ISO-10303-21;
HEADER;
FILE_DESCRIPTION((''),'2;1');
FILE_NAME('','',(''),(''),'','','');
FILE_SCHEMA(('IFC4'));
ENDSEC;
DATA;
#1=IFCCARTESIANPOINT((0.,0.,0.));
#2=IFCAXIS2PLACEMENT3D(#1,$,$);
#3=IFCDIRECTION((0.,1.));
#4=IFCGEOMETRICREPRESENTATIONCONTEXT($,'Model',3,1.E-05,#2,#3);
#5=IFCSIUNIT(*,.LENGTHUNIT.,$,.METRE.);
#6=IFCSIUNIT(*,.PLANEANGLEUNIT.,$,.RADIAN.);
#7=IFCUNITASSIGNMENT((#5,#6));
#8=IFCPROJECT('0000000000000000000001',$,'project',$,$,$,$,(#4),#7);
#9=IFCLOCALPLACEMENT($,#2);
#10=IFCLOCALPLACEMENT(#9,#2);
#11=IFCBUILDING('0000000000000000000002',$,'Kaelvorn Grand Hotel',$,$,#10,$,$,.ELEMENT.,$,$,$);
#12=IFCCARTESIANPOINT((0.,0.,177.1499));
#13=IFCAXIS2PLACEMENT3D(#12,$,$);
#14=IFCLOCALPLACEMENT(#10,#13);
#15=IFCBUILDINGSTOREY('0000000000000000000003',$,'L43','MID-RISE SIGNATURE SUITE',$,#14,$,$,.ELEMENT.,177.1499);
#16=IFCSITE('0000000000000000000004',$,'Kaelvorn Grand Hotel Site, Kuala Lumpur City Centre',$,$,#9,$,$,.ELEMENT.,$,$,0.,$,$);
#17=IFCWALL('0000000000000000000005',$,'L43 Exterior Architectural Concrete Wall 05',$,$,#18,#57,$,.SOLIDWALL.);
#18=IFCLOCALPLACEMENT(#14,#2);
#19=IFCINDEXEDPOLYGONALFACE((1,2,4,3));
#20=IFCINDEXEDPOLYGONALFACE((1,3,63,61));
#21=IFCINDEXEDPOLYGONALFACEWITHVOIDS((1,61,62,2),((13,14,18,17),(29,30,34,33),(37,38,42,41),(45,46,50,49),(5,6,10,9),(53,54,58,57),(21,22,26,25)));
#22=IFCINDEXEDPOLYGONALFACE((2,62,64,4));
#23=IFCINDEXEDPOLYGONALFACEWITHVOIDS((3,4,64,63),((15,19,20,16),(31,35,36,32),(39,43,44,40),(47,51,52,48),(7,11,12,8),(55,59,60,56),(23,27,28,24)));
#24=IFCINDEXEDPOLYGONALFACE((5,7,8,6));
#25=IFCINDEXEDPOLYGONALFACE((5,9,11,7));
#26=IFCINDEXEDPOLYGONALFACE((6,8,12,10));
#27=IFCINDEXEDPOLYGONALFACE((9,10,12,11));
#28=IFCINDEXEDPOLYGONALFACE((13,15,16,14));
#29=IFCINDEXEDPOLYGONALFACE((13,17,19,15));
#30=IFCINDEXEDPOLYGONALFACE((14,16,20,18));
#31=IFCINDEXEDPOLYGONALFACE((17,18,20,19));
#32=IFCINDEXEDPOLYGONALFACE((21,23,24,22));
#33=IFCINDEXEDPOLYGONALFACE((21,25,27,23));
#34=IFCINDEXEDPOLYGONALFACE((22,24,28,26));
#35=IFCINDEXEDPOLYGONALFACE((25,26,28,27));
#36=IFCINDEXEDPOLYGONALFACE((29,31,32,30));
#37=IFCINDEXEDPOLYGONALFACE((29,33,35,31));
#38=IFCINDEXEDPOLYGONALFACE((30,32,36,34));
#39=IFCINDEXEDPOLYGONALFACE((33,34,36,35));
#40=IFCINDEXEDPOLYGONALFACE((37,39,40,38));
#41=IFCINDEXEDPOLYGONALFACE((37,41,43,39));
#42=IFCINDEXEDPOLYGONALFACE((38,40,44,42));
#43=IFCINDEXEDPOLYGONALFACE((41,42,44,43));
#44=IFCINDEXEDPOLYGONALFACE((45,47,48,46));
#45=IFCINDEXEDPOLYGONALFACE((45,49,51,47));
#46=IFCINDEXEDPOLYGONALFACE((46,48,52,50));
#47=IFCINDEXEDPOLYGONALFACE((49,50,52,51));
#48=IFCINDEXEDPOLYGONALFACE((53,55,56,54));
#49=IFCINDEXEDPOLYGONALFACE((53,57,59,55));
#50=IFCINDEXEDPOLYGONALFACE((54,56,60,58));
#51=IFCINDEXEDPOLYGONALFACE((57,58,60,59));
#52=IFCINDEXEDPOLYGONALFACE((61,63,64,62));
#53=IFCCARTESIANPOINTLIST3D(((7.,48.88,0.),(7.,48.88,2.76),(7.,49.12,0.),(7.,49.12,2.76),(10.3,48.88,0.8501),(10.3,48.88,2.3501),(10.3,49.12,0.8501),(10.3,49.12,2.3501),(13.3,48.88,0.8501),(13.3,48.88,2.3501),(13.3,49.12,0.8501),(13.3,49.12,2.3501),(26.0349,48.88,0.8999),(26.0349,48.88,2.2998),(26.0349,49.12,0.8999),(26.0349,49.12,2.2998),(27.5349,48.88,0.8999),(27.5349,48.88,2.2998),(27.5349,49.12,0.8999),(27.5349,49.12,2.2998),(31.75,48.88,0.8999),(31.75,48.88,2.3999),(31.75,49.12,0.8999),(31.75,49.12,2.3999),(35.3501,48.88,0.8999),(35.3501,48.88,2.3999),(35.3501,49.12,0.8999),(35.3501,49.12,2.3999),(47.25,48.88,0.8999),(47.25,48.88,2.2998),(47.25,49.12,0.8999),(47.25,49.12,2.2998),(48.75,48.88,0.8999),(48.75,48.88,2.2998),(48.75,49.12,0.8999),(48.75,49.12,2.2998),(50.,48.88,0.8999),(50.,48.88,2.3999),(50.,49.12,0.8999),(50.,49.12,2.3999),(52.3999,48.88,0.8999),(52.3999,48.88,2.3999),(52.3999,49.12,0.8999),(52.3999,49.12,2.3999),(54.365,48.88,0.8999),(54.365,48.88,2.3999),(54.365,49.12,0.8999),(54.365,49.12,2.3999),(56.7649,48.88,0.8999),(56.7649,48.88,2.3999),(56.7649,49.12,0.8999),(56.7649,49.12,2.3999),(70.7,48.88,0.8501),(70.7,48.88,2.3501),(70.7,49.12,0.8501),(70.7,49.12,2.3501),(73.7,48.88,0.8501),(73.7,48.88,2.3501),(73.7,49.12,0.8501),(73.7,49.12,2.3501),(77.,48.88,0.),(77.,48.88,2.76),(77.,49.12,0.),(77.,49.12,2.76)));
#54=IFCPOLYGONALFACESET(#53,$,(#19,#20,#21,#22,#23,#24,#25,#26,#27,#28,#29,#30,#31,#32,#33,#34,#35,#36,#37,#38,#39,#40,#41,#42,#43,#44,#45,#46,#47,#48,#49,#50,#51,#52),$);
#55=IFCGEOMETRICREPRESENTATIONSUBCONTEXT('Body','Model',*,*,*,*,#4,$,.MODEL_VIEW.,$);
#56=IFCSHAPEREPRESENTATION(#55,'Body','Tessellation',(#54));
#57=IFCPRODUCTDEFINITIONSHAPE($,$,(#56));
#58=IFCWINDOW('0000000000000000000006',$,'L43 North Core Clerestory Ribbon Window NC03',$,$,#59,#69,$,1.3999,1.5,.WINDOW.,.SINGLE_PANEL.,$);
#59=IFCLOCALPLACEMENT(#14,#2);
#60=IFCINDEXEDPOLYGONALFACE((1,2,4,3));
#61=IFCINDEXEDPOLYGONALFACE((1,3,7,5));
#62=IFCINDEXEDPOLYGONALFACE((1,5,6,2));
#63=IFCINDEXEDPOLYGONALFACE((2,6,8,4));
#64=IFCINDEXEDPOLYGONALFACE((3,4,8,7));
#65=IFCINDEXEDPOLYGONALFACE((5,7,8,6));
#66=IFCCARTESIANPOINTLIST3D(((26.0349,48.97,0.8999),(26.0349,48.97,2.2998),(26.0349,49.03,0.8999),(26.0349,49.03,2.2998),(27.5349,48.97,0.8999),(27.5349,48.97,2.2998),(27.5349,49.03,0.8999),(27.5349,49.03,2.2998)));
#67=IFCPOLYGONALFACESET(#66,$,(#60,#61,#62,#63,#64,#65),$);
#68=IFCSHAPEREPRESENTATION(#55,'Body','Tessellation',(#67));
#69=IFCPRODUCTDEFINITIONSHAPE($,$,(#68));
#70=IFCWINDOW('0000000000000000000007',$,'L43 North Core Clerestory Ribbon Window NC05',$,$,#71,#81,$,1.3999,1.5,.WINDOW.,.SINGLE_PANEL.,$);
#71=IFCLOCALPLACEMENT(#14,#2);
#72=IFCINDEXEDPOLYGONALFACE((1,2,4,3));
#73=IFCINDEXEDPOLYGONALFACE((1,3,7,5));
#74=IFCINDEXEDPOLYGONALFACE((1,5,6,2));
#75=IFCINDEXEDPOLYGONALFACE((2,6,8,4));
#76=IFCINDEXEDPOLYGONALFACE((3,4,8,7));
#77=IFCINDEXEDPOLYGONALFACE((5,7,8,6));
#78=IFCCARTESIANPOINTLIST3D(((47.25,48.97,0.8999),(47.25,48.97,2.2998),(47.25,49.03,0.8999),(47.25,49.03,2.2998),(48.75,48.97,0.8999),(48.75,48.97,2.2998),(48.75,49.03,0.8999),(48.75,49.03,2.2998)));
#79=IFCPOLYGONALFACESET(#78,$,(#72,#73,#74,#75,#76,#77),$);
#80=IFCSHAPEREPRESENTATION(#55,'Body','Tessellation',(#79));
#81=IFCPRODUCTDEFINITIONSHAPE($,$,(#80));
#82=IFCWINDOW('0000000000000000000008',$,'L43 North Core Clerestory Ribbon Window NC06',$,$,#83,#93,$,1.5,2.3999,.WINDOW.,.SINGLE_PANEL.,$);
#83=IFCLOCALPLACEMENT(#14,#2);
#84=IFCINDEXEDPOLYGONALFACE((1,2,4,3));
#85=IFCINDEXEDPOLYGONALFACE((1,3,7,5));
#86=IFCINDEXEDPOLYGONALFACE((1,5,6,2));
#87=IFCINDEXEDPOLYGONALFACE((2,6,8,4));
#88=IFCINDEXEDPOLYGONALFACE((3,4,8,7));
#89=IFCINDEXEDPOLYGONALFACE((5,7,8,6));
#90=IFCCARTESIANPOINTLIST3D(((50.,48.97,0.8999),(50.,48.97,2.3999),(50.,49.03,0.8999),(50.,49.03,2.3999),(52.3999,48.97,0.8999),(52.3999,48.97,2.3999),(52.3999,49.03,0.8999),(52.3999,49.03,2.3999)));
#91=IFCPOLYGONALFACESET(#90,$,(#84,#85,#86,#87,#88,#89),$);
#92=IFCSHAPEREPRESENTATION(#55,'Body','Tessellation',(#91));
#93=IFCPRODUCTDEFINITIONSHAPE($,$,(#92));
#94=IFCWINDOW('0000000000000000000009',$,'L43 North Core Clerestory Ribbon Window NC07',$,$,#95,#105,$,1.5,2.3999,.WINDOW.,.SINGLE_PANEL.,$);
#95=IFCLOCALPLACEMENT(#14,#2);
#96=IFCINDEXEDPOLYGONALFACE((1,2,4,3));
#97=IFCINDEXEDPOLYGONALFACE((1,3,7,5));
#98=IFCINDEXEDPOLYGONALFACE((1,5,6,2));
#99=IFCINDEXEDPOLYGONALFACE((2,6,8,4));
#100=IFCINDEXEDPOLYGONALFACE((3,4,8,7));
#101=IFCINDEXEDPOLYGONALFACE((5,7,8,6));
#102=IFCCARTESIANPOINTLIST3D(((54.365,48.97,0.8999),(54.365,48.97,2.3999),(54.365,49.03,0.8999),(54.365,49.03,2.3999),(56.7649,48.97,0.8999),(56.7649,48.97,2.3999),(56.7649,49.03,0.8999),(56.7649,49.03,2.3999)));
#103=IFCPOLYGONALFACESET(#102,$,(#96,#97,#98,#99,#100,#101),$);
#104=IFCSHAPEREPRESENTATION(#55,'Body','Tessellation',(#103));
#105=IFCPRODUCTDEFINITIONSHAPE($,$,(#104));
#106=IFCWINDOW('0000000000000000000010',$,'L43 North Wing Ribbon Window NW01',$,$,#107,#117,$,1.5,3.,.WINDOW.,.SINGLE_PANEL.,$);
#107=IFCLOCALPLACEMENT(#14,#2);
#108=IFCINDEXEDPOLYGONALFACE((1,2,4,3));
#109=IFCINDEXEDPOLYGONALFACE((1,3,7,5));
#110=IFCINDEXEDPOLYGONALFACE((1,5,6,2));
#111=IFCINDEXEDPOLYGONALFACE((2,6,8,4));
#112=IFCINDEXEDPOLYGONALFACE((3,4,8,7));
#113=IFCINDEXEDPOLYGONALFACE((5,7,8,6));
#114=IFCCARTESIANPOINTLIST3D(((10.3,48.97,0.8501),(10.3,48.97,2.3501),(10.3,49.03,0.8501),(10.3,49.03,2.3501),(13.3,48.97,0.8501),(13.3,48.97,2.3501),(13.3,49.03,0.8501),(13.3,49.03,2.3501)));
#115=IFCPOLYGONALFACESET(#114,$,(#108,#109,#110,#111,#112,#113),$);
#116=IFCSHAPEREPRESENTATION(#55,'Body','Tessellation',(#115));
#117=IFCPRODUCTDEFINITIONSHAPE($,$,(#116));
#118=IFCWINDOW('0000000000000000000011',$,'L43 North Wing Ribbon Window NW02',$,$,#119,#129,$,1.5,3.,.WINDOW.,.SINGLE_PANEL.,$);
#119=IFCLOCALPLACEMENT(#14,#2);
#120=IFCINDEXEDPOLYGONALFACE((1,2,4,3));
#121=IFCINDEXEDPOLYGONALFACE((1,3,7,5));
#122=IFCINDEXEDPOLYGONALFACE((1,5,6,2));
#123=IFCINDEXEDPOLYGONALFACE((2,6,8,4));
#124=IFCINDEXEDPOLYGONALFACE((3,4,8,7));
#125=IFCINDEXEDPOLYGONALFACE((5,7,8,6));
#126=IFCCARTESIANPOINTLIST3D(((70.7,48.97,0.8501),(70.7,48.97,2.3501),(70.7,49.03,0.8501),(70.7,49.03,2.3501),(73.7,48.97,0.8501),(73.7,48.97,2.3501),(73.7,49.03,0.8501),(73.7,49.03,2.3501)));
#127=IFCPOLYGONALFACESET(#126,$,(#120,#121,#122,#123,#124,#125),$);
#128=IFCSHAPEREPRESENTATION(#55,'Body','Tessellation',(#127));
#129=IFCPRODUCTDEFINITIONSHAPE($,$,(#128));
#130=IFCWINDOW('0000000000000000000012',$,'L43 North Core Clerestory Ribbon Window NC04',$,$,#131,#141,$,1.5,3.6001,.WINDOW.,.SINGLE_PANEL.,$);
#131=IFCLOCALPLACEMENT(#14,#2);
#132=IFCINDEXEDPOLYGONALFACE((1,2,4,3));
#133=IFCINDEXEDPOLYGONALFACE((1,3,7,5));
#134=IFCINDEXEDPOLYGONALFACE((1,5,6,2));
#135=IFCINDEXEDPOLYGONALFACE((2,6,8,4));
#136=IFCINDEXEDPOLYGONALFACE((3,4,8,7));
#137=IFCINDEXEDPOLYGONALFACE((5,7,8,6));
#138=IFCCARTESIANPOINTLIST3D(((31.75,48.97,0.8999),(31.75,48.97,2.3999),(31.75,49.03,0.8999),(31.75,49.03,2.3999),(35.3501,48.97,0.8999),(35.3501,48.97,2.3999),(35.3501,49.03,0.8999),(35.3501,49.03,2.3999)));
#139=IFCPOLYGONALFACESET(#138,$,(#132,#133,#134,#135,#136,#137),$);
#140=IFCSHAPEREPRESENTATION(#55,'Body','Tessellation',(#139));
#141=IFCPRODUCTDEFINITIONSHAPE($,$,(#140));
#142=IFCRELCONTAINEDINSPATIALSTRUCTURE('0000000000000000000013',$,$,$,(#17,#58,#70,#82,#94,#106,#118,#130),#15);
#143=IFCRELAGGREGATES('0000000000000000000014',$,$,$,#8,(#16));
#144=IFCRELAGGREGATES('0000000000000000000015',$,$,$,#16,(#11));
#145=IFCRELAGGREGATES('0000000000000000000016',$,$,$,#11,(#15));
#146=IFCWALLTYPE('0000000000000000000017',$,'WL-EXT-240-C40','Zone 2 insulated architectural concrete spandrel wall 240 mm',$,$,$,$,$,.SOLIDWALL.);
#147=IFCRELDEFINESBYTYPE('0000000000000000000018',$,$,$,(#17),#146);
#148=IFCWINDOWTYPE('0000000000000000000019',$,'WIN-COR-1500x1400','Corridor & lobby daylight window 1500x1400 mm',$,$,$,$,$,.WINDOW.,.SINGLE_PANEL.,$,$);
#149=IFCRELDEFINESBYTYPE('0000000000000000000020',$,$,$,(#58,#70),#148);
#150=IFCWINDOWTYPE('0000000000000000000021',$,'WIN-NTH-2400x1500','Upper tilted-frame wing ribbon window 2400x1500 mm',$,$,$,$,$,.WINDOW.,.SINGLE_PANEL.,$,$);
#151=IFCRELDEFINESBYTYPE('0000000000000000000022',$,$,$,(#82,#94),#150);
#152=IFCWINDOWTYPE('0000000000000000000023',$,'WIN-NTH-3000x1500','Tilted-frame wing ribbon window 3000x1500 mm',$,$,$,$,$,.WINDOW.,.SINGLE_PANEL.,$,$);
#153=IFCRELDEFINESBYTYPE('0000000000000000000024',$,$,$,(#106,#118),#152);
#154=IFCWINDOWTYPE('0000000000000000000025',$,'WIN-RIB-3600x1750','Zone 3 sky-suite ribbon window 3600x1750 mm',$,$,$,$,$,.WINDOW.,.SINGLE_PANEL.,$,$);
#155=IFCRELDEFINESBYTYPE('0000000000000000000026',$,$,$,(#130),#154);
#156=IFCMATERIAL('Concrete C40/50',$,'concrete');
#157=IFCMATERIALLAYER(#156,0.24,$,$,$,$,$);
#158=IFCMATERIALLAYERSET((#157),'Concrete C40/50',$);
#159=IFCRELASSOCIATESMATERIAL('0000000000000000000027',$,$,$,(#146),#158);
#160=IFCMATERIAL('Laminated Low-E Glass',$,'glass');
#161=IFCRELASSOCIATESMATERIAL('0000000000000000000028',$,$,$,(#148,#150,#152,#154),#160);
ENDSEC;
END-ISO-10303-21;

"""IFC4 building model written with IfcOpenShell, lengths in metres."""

from ifc_helpers import new_model, si_unit, direction, frame, frame_2d, origin, place, context, subcontext, project, spatial, rectangle, extrude, material, layer, layer_set, type_object, element, fill, save


model = new_model("IFC4")

# Units and contexts
model_context = context("Model", 3, precision=1e-05, world=origin(), true_north=direction((0.0, 1.0)))
body_context = subcontext(model_context, "Body", "Model", "MODEL_VIEW")
ifc_project = project(units=[si_unit("LENGTHUNIT", "METRE"), si_unit("PLANEANGLEUNIT", "RADIAN")], contexts=[model_context])

# Site, building, storey
site_placement = place(None, origin())
site = spatial("IfcSite", under=ifc_project, at=site_placement, Name="Kaelvorn Grand Hotel Site, Kuala Lumpur City Centre", CompositionType="ELEMENT", RefElevation=0.0)
building_placement = place(site_placement, origin())
building = spatial("IfcBuilding", under=site, at=building_placement, Name="Kaelvorn Grand Hotel", CompositionType="ELEMENT")
storey_placement = place(building_placement, frame((0.0, 0.0, 177.1499)))
storey = spatial("IfcBuildingStorey", under=building, at=storey_placement, Name="L43", Description="MID-RISE SIGNATURE SUITE", CompositionType="ELEMENT", Elevation=177.1499)

# Shared definitions
ifc_material_1 = material(Name="Concrete C40/50", Category="concrete")
ifc_layer_1 = layer(ifc_material_1, 0.24)
ifc_layer_set_1 = layer_set([ifc_layer_1], Name="Concrete C40/50")
wall_type = type_object("IfcWallType", Name="WL-EXT-240-C40", Description="Zone 2 insulated architectural concrete spandrel wall 240 mm", PredefinedType="SOLIDWALL", material=ifc_layer_set_1)
ifc_material_2 = material(Name="Laminated Low-E Glass", Category="glass")

# Wall, openings, windows
wall_1_placement = place(storey_placement, frame((77.0, 49.0, 0.0), z_axis=(0.0, 0.0, 1.0), x_axis=(-1.0, 0.0, 0.0)))
wall_1 = element("IfcWall", 1, at=wall_1_placement, inside=storey, type_object=wall_type, Name="L43 Exterior Architectural Concrete Wall 05", PredefinedType="SOLIDWALL", context=body_context, shape_type="SweptSolid", body=[
    extrude(rectangle(XDim=70.0, YDim=0.24, at=frame_2d((35.0, 0.0))), origin(), (0.0, 0.0, 1.0), 2.76),
])
opening_1_placement = place(wall_1_placement, frame((63.7, 0.0, 0.8501)))
opening_1 = element("IfcOpeningElement", 2, at=opening_1_placement, cuts=wall_1, PredefinedType="OPENING", context=body_context, shape_type="SweptSolid", body=[
    extrude(rectangle(XDim=3.0, YDim=1.5, at=frame_2d((1.5, 0.75))), frame((0.0, 0.1299, 0.0), z_axis=(0.0, -1.0, 0.0), x_axis=(1.0, 0.0, 0.0)), (0.0, 0.0, 1.0), 0.26),
])
opening_2_placement = place(wall_1_placement, frame((3.3, 0.0, 0.8501)))
opening_2 = element("IfcOpeningElement", 3, at=opening_2_placement, cuts=wall_1, PredefinedType="OPENING", context=body_context, shape_type="SweptSolid", body=[
    extrude(rectangle(XDim=3.0, YDim=1.5, at=frame_2d((1.5, 0.75))), frame((0.0, 0.1299, 0.0), z_axis=(0.0, -1.0, 0.0), x_axis=(1.0, 0.0, 0.0)), (0.0, 0.0, 1.0), 0.26),
])
opening_3_placement = place(wall_1_placement, frame((49.4651, 0.0, 0.8999)))
opening_3 = element("IfcOpeningElement", 4, at=opening_3_placement, cuts=wall_1, PredefinedType="OPENING", context=body_context, shape_type="SweptSolid", body=[
    extrude(rectangle(XDim=1.5, YDim=1.3999, at=frame_2d((0.75, 0.7))), frame((0.0, 0.1299, 0.0), z_axis=(0.0, -1.0, 0.0), x_axis=(1.0, 0.0, 0.0)), (0.0, 0.0, 1.0), 0.26),
])
opening_4_placement = place(wall_1_placement, frame((41.6499, 0.0, 0.8999)))
opening_4 = element("IfcOpeningElement", 5, at=opening_4_placement, cuts=wall_1, PredefinedType="OPENING", context=body_context, shape_type="SweptSolid", body=[
    extrude(rectangle(XDim=3.6001, YDim=1.5, at=frame_2d((1.8, 0.75))), frame((0.0, 0.1299, 0.0), z_axis=(0.0, -1.0, 0.0), x_axis=(1.0, 0.0, 0.0)), (0.0, 0.0, 1.0), 0.26),
])
opening_5_placement = place(wall_1_placement, frame((28.25, 0.0, 0.8999)))
opening_5 = element("IfcOpeningElement", 6, at=opening_5_placement, cuts=wall_1, PredefinedType="OPENING", context=body_context, shape_type="SweptSolid", body=[
    extrude(rectangle(XDim=1.5, YDim=1.3999, at=frame_2d((0.75, 0.7))), frame((0.0, 0.1299, 0.0), z_axis=(0.0, -1.0, 0.0), x_axis=(1.0, 0.0, 0.0)), (0.0, 0.0, 1.0), 0.26),
])
opening_6_placement = place(wall_1_placement, frame((24.6001, 0.0, 0.8999)))
opening_6 = element("IfcOpeningElement", 7, at=opening_6_placement, cuts=wall_1, PredefinedType="OPENING", context=body_context, shape_type="SweptSolid", body=[
    extrude(rectangle(XDim=2.3999, YDim=1.5, at=frame_2d((1.2, 0.75))), frame((0.0, 0.1299, 0.0), z_axis=(0.0, -1.0, 0.0), x_axis=(1.0, 0.0, 0.0)), (0.0, 0.0, 1.0), 0.26),
])
opening_7_placement = place(wall_1_placement, frame((20.2351, 0.0, 0.8999)))
opening_7 = element("IfcOpeningElement", 8, at=opening_7_placement, cuts=wall_1, PredefinedType="OPENING", context=body_context, shape_type="SweptSolid", body=[
    extrude(rectangle(XDim=2.3999, YDim=1.5, at=frame_2d((1.2, 0.75))), frame((0.0, 0.1299, 0.0), z_axis=(0.0, -1.0, 0.0), x_axis=(1.0, 0.0, 0.0)), (0.0, 0.0, 1.0), 0.26),
])
window_type_1 = type_object("IfcWindowType", Name="WIN-COR-1500x1400", Description="Corridor & lobby daylight window 1500x1400 mm", PartitioningType="SINGLE_PANEL", PredefinedType="WINDOW", material=ifc_material_2)
window_1_placement = place(opening_3_placement, origin())
window_1 = element("IfcWindow", 9, at=window_1_placement, inside=storey, type_object=window_type_1, Name="L43 North Core Clerestory Ribbon Window NC03", OverallHeight=1.3999, OverallWidth=1.5, PartitioningType="SINGLE_PANEL", PredefinedType="WINDOW", context=body_context, shape_type="SweptSolid", body=[
    extrude(rectangle(XDim=1.5, YDim=1.3999, at=frame_2d((0.75, 0.7))), frame((0.0, 0.03, 0.0), z_axis=(0.0, -1.0, 0.0), x_axis=(1.0, 0.0, 0.0)), (0.0, 0.0, 1.0), 0.0601),
])
fill(opening_3, window_1)
window_2_placement = place(opening_5_placement, origin())
window_2 = element("IfcWindow", 10, at=window_2_placement, inside=storey, type_object=window_type_1, Name="L43 North Core Clerestory Ribbon Window NC05", OverallHeight=1.3999, OverallWidth=1.5, PartitioningType="SINGLE_PANEL", PredefinedType="WINDOW", context=body_context, shape_type="SweptSolid", body=[
    extrude(rectangle(XDim=1.5, YDim=1.3999, at=frame_2d((0.75, 0.7))), frame((0.0, 0.03, 0.0), z_axis=(0.0, -1.0, 0.0), x_axis=(1.0, 0.0, 0.0)), (0.0, 0.0, 1.0), 0.0601),
])
fill(opening_5, window_2)
window_type_2 = type_object("IfcWindowType", Name="WIN-NTH-2400x1500", Description="Upper tilted-frame wing ribbon window 2400x1500 mm", PartitioningType="SINGLE_PANEL", PredefinedType="WINDOW", material=ifc_material_2)
window_3_placement = place(opening_6_placement, origin())
window_3 = element("IfcWindow", 11, at=window_3_placement, inside=storey, type_object=window_type_2, Name="L43 North Core Clerestory Ribbon Window NC06", OverallHeight=1.5, OverallWidth=2.3999, PartitioningType="SINGLE_PANEL", PredefinedType="WINDOW", context=body_context, shape_type="SweptSolid", body=[
    extrude(rectangle(XDim=2.3999, YDim=1.5, at=frame_2d((1.2, 0.75))), frame((0.0, 0.03, 0.0), z_axis=(0.0, -1.0, 0.0), x_axis=(1.0, 0.0, 0.0)), (0.0, 0.0, 1.0), 0.0601),
])
fill(opening_6, window_3)
window_4_placement = place(opening_7_placement, origin())
window_4 = element("IfcWindow", 12, at=window_4_placement, inside=storey, type_object=window_type_2, Name="L43 North Core Clerestory Ribbon Window NC07", OverallHeight=1.5, OverallWidth=2.3999, PartitioningType="SINGLE_PANEL", PredefinedType="WINDOW", context=body_context, shape_type="SweptSolid", body=[
    extrude(rectangle(XDim=2.3999, YDim=1.5, at=frame_2d((1.2, 0.75))), frame((0.0, 0.03, 0.0), z_axis=(0.0, -1.0, 0.0), x_axis=(1.0, 0.0, 0.0)), (0.0, 0.0, 1.0), 0.0601),
])
fill(opening_7, window_4)
window_type_3 = type_object("IfcWindowType", Name="WIN-NTH-3000x1500", Description="Tilted-frame wing ribbon window 3000x1500 mm", PartitioningType="SINGLE_PANEL", PredefinedType="WINDOW", material=ifc_material_2)
window_5_placement = place(opening_1_placement, origin())
window_5 = element("IfcWindow", 13, at=window_5_placement, inside=storey, type_object=window_type_3, Name="L43 North Wing Ribbon Window NW01", OverallHeight=1.5, OverallWidth=3.0, PartitioningType="SINGLE_PANEL", PredefinedType="WINDOW", context=body_context, shape_type="SweptSolid", body=[
    extrude(rectangle(XDim=3.0, YDim=1.5, at=frame_2d((1.5, 0.75))), frame((0.0, 0.03, 0.0), z_axis=(0.0, -1.0, 0.0), x_axis=(1.0, 0.0, 0.0)), (0.0, 0.0, 1.0), 0.0601),
])
fill(opening_1, window_5)
window_6_placement = place(opening_2_placement, origin())
window_6 = element("IfcWindow", 14, at=window_6_placement, inside=storey, type_object=window_type_3, Name="L43 North Wing Ribbon Window NW02", OverallHeight=1.5, OverallWidth=3.0, PartitioningType="SINGLE_PANEL", PredefinedType="WINDOW", context=body_context, shape_type="SweptSolid", body=[
    extrude(rectangle(XDim=3.0, YDim=1.5, at=frame_2d((1.5, 0.75))), frame((0.0, 0.03, 0.0), z_axis=(0.0, -1.0, 0.0), x_axis=(1.0, 0.0, 0.0)), (0.0, 0.0, 1.0), 0.0601),
])
fill(opening_2, window_6)
window_type_4 = type_object("IfcWindowType", Name="WIN-RIB-3600x1750", Description="Zone 3 sky-suite ribbon window 3600x1750 mm", PartitioningType="SINGLE_PANEL", PredefinedType="WINDOW", material=ifc_material_2)
window_7_placement = place(opening_4_placement, origin())
window_7 = element("IfcWindow", 15, at=window_7_placement, inside=storey, type_object=window_type_4, Name="L43 North Core Clerestory Ribbon Window NC04", OverallHeight=1.5, OverallWidth=3.6001, PartitioningType="SINGLE_PANEL", PredefinedType="WINDOW", context=body_context, shape_type="SweptSolid", body=[
    extrude(rectangle(XDim=3.6001, YDim=1.5, at=frame_2d((1.8, 0.75))), frame((0.0, 0.03, 0.0), z_axis=(0.0, -1.0, 0.0), x_axis=(1.0, 0.0, 0.0)), (0.0, 0.0, 1.0), 0.0601),
])
fill(opening_4, window_7)

save(model, "model.ifc")
